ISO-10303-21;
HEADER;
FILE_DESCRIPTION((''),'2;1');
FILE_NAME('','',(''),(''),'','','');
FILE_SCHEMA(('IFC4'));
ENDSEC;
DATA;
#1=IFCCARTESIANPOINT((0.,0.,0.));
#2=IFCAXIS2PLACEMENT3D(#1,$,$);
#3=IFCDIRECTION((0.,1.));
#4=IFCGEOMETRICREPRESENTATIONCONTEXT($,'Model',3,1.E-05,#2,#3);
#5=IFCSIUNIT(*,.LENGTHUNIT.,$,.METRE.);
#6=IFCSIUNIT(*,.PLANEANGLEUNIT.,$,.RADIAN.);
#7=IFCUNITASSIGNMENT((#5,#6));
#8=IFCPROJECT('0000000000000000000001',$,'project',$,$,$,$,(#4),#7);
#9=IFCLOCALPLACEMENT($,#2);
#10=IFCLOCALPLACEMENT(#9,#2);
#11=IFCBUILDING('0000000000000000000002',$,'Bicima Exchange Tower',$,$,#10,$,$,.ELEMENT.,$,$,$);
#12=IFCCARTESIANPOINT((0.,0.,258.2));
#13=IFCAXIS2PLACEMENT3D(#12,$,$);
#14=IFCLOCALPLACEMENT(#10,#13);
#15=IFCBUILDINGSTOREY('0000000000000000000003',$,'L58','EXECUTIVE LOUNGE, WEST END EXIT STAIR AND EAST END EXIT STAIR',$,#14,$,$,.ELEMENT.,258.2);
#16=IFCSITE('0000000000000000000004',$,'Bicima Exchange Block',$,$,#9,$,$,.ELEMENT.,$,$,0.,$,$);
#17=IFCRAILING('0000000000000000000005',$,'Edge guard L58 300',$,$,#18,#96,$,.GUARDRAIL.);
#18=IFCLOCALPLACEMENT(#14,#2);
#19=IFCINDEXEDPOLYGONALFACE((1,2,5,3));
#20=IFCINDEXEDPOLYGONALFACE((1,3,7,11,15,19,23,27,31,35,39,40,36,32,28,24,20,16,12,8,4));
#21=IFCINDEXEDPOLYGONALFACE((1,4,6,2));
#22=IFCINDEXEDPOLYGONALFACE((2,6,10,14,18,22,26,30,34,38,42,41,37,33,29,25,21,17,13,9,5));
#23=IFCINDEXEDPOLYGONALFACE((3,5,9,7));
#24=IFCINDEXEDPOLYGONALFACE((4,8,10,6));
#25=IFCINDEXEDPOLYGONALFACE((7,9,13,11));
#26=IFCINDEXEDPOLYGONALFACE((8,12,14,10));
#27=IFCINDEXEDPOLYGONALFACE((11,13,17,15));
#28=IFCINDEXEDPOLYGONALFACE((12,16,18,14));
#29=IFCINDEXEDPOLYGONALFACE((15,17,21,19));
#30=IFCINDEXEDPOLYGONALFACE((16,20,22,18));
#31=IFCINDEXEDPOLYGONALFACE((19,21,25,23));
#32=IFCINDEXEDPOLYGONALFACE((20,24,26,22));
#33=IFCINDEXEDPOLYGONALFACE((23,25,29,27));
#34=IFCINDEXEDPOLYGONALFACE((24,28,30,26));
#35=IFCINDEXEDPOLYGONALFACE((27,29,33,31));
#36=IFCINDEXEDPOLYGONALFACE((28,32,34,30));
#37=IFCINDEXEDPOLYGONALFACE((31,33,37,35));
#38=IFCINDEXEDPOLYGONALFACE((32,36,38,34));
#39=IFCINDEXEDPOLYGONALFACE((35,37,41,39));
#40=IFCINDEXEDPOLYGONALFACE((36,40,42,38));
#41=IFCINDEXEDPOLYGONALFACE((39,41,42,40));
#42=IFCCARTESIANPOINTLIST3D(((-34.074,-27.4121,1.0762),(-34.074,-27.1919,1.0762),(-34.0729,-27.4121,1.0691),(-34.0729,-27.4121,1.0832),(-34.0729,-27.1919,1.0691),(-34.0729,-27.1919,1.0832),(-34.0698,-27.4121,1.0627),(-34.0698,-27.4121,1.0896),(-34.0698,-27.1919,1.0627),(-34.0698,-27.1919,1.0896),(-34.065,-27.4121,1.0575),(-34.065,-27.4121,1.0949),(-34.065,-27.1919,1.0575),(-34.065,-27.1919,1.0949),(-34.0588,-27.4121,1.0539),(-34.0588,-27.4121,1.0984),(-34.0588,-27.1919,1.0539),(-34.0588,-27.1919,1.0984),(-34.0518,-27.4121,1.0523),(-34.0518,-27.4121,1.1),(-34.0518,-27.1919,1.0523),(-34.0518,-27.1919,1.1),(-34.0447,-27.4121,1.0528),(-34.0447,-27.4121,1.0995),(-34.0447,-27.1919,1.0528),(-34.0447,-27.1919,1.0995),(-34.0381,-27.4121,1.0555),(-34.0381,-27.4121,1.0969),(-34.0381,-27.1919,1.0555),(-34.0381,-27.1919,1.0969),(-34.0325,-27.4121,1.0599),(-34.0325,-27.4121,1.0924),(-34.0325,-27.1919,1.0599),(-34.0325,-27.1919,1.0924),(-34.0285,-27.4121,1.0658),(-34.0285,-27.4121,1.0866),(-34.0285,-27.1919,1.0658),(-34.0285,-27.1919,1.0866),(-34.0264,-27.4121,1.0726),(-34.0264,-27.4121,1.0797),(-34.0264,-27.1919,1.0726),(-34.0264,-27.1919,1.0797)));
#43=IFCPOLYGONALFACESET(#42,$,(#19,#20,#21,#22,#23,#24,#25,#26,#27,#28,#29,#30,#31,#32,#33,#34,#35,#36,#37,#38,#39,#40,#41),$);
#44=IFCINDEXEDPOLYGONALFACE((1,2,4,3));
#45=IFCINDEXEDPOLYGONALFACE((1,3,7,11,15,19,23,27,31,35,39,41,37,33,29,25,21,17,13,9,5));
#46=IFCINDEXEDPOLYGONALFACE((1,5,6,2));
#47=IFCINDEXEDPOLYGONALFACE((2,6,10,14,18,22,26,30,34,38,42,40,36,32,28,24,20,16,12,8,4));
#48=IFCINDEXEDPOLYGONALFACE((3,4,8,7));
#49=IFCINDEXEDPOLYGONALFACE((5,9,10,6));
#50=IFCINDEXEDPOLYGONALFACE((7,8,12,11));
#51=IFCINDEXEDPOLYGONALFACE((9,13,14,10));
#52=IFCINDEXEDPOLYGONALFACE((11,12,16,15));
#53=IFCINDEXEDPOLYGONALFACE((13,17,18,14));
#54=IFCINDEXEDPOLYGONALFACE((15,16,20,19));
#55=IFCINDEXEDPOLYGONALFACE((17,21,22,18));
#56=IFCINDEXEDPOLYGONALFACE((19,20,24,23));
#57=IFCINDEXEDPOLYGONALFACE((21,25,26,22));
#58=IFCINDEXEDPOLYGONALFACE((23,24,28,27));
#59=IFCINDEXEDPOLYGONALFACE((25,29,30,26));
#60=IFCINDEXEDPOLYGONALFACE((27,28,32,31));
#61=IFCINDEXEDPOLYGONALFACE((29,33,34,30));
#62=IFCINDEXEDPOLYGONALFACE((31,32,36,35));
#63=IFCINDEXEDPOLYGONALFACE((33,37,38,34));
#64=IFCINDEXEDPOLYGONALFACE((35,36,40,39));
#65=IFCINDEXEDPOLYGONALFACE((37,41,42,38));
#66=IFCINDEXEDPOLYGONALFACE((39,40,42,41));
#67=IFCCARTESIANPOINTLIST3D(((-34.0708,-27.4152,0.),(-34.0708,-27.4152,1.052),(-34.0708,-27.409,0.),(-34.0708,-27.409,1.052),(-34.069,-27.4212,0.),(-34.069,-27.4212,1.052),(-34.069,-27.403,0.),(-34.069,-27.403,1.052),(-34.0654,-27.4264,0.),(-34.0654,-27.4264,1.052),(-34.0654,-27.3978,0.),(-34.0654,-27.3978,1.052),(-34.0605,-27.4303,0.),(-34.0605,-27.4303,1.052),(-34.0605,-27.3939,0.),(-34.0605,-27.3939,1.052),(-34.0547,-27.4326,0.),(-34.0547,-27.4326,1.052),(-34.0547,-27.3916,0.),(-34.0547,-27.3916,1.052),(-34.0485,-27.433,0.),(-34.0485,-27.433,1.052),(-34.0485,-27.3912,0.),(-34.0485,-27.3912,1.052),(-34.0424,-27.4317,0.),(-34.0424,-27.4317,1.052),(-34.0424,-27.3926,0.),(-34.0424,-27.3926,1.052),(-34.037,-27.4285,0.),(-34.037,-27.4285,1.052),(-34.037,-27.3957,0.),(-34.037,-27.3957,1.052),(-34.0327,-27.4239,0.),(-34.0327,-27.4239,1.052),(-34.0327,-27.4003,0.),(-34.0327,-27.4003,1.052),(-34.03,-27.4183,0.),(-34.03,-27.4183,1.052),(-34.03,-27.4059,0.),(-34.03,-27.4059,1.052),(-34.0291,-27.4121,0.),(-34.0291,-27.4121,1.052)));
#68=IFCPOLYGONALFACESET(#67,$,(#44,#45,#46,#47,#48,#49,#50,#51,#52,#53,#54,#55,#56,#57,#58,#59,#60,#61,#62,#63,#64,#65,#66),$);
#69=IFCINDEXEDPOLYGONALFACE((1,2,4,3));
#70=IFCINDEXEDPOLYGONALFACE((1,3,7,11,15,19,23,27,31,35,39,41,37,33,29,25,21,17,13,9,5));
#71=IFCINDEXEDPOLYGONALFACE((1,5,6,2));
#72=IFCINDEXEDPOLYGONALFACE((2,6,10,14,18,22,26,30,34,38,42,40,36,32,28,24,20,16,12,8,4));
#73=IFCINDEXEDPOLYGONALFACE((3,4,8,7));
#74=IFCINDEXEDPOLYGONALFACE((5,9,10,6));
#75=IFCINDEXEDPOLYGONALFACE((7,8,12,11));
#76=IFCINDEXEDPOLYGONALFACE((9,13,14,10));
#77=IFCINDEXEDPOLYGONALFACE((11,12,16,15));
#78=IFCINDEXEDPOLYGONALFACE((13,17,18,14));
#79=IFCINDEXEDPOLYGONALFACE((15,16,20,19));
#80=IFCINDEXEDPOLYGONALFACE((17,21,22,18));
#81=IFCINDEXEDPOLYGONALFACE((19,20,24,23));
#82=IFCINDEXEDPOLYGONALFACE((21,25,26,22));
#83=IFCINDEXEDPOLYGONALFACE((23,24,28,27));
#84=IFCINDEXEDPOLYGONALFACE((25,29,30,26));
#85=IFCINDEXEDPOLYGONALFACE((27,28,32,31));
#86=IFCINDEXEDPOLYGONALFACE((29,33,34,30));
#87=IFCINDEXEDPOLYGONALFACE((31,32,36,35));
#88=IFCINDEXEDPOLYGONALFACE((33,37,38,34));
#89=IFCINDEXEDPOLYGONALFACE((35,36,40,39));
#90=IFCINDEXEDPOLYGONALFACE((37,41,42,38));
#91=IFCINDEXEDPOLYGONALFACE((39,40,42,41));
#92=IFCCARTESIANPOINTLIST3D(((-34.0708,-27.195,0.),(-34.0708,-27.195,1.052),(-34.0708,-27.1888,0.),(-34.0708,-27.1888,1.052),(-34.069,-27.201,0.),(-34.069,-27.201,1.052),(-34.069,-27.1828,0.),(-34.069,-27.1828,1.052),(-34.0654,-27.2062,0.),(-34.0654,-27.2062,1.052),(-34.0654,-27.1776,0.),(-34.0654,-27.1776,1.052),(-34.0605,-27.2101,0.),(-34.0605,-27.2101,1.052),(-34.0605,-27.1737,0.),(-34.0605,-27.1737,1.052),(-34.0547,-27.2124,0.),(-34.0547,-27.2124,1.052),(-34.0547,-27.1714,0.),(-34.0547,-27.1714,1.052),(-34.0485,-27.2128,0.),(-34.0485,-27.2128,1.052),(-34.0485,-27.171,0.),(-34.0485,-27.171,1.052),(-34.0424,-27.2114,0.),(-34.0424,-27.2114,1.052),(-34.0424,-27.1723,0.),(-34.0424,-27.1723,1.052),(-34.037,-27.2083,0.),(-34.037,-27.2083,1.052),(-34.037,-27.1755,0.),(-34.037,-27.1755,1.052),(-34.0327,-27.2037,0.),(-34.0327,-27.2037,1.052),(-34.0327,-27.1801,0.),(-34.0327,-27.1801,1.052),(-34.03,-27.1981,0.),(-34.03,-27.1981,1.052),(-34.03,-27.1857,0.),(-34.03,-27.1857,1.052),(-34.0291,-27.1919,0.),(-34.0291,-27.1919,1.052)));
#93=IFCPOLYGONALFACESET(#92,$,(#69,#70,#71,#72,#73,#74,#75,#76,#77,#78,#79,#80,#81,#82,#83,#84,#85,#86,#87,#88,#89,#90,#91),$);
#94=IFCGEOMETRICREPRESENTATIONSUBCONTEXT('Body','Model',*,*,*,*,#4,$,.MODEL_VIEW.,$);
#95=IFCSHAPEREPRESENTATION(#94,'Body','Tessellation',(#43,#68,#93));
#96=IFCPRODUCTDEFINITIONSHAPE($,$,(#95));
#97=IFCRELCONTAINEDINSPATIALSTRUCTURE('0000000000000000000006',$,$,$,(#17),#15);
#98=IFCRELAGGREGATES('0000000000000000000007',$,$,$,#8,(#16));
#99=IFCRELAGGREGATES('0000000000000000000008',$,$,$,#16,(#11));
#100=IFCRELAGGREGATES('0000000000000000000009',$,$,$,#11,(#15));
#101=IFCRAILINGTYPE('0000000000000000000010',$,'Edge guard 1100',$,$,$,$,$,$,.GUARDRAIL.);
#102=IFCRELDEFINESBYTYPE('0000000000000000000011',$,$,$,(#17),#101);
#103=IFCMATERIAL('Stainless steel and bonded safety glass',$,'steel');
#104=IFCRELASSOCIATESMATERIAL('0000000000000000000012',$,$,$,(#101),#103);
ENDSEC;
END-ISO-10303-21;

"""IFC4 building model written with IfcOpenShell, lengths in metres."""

from ifc_helpers import new_model, si_unit, direction, frame, origin, origin_2d, place, context, subcontext, project, spatial, circle, extrude, material, type_object, element, save


model = new_model("IFC4")

# Units and contexts
model_context = context("Model", 3, precision=1e-05, world=origin(), true_north=direction((0.0, 1.0)))
body_context = subcontext(model_context, "Body", "Model", "MODEL_VIEW")
ifc_project = project(units=[si_unit("LENGTHUNIT", "METRE"), si_unit("PLANEANGLEUNIT", "RADIAN")], contexts=[model_context])

# Site, building, storey
site_placement = place(None, origin())
site = spatial("IfcSite", under=ifc_project, at=site_placement, Name="Bicima Exchange Block", CompositionType="ELEMENT", RefElevation=0.0)
building_placement = place(site_placement, origin())
building = spatial("IfcBuilding", under=site, at=building_placement, Name="Bicima Exchange Tower", CompositionType="ELEMENT")
storey_placement = place(building_placement, frame((0.0, 0.0, 258.2)))
storey = spatial("IfcBuildingStorey", under=building, at=storey_placement, Name="L58", Description="EXECUTIVE LOUNGE, WEST END EXIT STAIR AND EAST END EXIT STAIR", CompositionType="ELEMENT", Elevation=258.2)

# Railing
ifc_material_1 = material(Name="Stainless steel and bonded safety glass", Category="steel")
railing_type = type_object("IfcRailingType", Name="Edge guard 1100", PredefinedType="GUARDRAIL", material=ifc_material_1)
railing_1_placement = place(storey_placement, frame((-34.05, -27.4121, 0.0)))
element("IfcRailing", 1, at=railing_1_placement, inside=storey, type_object=railing_type, Name="Edge guard L58 300", PredefinedType="GUARDRAIL", context=body_context, shape_type="SweptSolid", body=[
    extrude(circle(Radius=0.0239, at=origin_2d()), frame((0.0, 0.0, 1.0762), z_axis=(0.0, 1.0, 0.0), x_axis=(-1.0, 0.0, 0.0)), (0.0, 0.0, 1.0), 0.2202),
    extrude(circle(Radius=0.021, at=origin_2d()), origin(), (0.0, 0.0, 1.0), 1.052),
    extrude(circle(Radius=0.021, at=origin_2d()), frame((0.0, 0.2202, 0.0)), (0.0, 0.0, 1.0), 1.052),
])

save(model, "model.ifc")
